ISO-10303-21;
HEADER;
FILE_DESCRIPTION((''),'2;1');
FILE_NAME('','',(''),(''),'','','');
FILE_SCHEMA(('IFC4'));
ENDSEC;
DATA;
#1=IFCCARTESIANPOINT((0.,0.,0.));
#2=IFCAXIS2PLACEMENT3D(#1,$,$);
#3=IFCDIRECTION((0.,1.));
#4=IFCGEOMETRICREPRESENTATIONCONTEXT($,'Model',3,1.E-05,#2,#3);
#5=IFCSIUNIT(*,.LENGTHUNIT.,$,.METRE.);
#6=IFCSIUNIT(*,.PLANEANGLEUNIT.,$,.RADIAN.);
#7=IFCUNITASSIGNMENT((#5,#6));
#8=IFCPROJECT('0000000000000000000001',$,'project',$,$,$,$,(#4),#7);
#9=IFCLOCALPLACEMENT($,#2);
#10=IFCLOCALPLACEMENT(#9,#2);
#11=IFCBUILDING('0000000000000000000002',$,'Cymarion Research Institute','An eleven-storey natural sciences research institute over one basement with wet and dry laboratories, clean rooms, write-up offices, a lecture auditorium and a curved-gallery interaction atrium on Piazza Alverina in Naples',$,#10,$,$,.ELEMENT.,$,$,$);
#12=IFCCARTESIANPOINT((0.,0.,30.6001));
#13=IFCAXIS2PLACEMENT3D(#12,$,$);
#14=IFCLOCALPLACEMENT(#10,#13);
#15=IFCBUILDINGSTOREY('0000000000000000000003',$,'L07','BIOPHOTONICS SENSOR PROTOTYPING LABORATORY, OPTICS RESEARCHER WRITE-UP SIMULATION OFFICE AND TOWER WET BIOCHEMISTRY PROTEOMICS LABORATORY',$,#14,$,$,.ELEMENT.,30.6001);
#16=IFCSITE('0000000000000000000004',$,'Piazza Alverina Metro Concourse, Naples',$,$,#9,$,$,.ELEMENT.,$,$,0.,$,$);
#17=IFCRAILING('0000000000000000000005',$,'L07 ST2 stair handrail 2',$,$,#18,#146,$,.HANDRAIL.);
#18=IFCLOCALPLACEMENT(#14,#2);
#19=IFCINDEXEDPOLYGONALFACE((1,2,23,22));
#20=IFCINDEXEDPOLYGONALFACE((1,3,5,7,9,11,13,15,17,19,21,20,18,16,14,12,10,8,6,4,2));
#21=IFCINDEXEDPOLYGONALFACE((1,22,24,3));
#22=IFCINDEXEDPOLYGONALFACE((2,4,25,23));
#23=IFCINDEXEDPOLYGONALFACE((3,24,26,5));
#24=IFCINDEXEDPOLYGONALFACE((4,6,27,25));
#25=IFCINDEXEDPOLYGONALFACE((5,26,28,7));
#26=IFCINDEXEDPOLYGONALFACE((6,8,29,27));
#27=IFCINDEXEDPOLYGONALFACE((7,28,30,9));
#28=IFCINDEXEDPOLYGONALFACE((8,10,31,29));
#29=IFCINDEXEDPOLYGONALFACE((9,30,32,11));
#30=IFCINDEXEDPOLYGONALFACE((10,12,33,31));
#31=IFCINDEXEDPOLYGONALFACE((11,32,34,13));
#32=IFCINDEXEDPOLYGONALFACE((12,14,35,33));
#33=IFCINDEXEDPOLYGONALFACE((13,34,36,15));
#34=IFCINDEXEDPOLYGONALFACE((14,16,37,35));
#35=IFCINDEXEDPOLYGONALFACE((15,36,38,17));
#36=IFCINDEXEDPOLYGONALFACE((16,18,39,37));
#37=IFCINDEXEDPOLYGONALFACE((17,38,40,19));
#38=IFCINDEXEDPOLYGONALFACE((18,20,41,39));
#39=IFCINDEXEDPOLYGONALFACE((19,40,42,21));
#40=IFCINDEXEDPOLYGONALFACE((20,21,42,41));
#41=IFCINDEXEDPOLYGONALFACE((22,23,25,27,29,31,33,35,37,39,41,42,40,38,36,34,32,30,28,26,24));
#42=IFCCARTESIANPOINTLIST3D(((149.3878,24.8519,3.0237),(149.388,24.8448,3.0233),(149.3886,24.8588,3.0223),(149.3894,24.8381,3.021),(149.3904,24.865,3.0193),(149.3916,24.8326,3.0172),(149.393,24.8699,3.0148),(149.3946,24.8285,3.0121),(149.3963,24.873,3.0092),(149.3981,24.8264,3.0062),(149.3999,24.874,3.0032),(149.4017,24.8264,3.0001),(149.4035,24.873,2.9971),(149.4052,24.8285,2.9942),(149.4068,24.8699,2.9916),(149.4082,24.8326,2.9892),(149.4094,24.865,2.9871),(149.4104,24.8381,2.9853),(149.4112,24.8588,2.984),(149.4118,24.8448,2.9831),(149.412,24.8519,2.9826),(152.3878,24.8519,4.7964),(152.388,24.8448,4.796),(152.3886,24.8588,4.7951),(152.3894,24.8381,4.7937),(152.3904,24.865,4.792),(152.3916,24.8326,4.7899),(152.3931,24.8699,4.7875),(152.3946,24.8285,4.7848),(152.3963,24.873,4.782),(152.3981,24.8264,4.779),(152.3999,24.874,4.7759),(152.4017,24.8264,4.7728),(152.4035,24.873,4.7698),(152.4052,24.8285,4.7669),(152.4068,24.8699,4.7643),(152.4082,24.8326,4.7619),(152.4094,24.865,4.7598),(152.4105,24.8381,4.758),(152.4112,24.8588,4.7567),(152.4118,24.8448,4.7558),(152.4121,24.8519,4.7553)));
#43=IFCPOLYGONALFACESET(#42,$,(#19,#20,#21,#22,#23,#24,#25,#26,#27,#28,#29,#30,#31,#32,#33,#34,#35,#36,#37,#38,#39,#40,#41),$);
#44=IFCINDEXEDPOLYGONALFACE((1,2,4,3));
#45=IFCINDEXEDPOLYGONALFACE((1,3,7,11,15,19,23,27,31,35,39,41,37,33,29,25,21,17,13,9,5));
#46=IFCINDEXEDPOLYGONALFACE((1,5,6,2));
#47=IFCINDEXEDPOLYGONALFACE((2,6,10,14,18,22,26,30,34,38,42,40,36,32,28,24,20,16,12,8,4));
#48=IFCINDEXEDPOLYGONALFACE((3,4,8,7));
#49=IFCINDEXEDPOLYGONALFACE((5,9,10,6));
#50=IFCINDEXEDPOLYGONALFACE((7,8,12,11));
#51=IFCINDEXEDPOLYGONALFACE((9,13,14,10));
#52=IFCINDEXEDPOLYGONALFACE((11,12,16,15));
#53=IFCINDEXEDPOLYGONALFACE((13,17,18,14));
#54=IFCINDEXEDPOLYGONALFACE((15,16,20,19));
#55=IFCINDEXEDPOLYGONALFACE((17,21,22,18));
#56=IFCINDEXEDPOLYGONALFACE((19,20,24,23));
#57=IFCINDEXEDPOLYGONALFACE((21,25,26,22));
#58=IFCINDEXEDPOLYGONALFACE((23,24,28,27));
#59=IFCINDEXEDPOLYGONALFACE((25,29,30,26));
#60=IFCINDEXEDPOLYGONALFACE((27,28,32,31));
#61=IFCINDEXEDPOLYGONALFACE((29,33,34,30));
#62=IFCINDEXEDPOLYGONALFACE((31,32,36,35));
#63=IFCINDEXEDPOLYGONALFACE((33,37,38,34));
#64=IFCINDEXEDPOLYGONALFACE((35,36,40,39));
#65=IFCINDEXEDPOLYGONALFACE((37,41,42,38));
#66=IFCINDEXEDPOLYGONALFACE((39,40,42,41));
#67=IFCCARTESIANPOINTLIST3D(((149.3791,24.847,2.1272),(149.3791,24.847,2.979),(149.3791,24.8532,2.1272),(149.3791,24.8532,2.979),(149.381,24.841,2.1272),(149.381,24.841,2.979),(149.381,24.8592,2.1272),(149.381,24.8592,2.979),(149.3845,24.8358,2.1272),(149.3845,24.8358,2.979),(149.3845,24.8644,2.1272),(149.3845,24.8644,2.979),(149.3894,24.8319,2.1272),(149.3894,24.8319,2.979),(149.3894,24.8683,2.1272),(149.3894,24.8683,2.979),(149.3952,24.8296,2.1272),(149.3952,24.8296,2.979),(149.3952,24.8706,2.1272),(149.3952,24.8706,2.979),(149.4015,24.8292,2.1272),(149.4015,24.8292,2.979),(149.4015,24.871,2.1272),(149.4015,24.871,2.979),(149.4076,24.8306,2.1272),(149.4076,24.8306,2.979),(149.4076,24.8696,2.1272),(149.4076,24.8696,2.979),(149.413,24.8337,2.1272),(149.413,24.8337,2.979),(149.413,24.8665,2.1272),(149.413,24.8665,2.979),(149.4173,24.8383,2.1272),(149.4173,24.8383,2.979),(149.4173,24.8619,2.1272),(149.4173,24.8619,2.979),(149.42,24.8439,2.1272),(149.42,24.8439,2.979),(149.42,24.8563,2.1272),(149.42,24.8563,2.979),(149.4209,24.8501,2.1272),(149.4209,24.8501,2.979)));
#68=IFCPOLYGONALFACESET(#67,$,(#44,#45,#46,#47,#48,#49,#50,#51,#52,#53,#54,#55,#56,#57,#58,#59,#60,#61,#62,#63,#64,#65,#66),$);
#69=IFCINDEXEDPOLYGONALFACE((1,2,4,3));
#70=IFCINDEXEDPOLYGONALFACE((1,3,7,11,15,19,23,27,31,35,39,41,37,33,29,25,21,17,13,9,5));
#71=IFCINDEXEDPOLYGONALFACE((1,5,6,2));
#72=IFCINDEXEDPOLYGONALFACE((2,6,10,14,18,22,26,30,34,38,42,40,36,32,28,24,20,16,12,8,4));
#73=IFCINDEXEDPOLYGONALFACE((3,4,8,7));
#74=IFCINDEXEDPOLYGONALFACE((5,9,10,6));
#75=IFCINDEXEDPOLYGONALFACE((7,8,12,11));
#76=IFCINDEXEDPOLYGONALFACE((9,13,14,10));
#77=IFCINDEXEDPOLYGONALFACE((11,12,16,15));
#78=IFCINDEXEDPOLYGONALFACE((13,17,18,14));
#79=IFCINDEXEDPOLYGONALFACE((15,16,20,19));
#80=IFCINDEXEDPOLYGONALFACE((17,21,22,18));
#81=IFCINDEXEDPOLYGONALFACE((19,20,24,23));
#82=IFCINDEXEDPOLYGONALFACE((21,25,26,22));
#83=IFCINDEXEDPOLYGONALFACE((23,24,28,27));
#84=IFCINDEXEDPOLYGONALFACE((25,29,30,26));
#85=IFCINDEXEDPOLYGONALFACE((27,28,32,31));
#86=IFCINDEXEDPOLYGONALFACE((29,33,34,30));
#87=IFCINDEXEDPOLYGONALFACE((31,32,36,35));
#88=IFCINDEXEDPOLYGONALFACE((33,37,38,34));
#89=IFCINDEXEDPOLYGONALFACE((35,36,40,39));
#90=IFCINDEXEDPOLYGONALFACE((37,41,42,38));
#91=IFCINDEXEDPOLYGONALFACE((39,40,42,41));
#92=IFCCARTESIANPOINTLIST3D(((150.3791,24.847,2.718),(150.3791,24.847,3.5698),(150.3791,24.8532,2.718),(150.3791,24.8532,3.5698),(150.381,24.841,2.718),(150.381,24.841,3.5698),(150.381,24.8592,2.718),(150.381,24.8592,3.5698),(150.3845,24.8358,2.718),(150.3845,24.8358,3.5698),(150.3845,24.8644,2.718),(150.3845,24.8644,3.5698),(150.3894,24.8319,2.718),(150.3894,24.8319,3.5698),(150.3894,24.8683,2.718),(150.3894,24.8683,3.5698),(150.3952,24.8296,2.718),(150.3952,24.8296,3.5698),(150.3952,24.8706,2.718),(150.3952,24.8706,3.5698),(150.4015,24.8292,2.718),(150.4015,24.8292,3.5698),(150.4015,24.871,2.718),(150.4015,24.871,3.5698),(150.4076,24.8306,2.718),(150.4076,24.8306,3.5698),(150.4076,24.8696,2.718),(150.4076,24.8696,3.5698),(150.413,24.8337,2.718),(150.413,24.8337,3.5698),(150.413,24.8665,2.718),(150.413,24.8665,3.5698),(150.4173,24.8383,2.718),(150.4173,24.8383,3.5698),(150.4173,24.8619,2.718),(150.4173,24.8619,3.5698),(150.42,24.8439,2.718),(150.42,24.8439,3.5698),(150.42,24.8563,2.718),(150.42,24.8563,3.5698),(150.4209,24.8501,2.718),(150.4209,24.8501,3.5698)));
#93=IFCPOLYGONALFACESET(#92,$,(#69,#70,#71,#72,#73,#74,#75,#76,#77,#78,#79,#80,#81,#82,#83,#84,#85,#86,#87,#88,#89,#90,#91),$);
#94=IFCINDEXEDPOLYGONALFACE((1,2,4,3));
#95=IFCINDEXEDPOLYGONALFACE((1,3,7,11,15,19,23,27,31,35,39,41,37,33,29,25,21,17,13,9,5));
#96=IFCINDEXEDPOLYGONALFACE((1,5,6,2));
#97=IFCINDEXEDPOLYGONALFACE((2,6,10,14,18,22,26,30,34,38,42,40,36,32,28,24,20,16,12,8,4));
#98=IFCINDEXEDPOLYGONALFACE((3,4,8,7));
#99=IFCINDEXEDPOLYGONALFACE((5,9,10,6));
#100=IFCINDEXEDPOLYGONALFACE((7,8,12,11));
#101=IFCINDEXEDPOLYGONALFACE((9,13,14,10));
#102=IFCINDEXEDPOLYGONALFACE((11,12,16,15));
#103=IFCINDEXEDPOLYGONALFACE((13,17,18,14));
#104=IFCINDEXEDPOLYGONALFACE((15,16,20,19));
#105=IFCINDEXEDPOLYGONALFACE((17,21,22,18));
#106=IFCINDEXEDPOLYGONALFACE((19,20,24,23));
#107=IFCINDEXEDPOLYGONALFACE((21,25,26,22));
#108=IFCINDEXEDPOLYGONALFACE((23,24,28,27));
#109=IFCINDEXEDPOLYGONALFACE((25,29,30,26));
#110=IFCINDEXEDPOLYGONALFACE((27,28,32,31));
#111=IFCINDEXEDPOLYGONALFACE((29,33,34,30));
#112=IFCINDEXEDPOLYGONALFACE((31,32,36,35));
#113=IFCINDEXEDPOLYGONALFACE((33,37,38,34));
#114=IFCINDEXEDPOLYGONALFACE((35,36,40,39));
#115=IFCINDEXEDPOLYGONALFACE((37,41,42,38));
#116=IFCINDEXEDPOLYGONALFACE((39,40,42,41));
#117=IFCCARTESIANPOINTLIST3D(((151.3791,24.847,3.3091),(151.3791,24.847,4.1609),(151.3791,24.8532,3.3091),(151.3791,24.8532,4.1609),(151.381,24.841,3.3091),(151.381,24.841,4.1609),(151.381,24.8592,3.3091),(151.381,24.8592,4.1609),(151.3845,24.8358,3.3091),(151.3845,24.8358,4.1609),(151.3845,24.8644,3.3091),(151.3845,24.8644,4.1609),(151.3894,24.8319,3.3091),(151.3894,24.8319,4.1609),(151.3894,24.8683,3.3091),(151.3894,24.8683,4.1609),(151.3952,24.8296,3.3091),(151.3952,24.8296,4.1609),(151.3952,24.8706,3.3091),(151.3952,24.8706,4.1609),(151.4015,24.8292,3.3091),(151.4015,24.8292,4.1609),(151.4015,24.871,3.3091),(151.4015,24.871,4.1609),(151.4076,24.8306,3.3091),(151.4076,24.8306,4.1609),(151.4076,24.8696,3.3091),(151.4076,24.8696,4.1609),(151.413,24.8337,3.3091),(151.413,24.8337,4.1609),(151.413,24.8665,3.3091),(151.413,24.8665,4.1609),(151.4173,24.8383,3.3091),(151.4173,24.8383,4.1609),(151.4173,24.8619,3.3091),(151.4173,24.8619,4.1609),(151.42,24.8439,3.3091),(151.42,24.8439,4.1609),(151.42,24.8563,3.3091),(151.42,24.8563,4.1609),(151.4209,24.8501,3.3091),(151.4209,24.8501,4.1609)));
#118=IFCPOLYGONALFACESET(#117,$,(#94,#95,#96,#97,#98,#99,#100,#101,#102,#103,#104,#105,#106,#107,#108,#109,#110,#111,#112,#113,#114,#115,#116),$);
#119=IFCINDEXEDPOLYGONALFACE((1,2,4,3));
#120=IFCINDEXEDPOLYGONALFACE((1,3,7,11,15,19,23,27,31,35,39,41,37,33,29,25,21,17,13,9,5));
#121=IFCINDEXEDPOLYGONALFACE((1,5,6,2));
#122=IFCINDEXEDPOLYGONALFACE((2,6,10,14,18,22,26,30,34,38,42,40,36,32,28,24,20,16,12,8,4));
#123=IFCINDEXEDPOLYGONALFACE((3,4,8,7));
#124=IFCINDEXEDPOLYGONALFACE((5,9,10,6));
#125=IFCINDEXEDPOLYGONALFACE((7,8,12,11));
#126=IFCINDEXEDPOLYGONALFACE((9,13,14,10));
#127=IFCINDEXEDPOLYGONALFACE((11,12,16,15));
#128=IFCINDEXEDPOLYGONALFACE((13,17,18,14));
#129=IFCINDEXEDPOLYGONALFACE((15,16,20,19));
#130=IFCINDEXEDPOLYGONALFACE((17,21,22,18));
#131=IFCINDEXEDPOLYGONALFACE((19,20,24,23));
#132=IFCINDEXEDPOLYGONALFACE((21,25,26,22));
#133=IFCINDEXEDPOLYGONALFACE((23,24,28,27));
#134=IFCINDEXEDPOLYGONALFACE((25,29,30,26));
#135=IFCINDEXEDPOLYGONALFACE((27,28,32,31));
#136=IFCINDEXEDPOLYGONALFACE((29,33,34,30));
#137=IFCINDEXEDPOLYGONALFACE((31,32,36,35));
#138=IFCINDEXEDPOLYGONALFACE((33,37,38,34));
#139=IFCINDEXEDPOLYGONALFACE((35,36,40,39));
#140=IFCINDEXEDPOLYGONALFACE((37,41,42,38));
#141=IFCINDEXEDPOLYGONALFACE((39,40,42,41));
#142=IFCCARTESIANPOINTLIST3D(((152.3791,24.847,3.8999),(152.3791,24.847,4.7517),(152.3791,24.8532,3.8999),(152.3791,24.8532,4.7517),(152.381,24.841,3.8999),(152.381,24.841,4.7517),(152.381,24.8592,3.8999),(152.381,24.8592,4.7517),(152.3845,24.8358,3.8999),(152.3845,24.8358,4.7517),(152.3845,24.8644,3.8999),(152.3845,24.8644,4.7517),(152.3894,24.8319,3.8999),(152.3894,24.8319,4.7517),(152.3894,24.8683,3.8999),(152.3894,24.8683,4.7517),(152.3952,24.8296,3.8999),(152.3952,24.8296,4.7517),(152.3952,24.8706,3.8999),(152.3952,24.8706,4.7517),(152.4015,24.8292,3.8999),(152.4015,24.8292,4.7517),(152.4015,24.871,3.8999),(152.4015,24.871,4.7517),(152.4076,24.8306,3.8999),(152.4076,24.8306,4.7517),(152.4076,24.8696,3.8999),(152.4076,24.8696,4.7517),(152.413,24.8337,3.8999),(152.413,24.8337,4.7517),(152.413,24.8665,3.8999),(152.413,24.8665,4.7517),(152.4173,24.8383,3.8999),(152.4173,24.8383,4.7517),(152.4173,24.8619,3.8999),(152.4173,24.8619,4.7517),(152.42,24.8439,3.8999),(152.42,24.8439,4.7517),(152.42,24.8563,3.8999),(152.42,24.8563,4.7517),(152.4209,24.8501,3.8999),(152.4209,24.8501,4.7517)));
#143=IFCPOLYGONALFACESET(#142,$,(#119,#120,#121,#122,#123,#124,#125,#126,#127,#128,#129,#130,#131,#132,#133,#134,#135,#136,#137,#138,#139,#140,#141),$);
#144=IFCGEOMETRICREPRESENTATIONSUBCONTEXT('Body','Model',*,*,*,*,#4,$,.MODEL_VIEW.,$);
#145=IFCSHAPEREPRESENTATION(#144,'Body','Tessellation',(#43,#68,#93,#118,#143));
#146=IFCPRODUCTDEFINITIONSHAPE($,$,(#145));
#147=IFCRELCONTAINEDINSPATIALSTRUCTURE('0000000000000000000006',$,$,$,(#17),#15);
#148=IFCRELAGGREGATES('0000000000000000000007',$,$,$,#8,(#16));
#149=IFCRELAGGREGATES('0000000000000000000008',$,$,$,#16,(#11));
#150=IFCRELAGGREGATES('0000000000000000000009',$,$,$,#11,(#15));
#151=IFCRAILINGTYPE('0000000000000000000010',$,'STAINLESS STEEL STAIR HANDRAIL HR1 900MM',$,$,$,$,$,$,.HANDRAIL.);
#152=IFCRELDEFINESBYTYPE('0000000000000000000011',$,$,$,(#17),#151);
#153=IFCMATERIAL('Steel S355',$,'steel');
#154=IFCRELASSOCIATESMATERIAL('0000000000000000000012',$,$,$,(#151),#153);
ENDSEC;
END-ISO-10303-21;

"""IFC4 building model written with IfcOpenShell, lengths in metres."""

from ifc_helpers import new_model, si_unit, direction, frame, origin, origin_2d, place, context, subcontext, project, spatial, circle, extrude, material, type_object, element, save


model = new_model("IFC4")

# Units and contexts
model_context = context("Model", 3, precision=1e-05, world=origin(), true_north=direction((0.0, 1.0)))
body_context = subcontext(model_context, "Body", "Model", "MODEL_VIEW")
ifc_project = project(units=[si_unit("LENGTHUNIT", "METRE"), si_unit("PLANEANGLEUNIT", "RADIAN")], contexts=[model_context])

# Site, building, storey
site_placement = place(None, origin())
site = spatial("IfcSite", under=ifc_project, at=site_placement, Name="Piazza Alverina Metro Concourse, Naples", CompositionType="ELEMENT", RefElevation=0.0)
building_placement = place(site_placement, origin())
building = spatial("IfcBuilding", under=site, at=building_placement, Name="Cymarion Research Institute", Description="An eleven-storey natural sciences research institute over one basement with wet and dry laboratories, clean rooms, write-up offices, a lecture auditorium and a curved-gallery interaction atrium on Piazza Alverina in Naples", CompositionType="ELEMENT")
storey_placement = place(building_placement, frame((0.0, 0.0, 30.6001)))
storey = spatial("IfcBuildingStorey", under=building, at=storey_placement, Name="L07", Description="BIOPHOTONICS SENSOR PROTOTYPING LABORATORY, OPTICS RESEARCHER WRITE-UP SIMULATION OFFICE AND TOWER WET BIOCHEMISTRY PROTEOMICS LABORATORY", CompositionType="ELEMENT", Elevation=30.6001)

# Shared definitions
ifc_material_1 = material(Name="Steel S355", Category="steel")

# Railing
railing_type_1 = type_object("IfcRailingType", Name="STAINLESS STEEL STAIR HANDRAIL HR1 900MM", PredefinedType="HANDRAIL", material=ifc_material_1)
railing_1_placement = place(storey_placement, frame((149.3999, 24.8501, 2.1272)))
element("IfcRailing", 1, at=railing_1_placement, inside=storey, type_object=railing_type_1, Name="L07 ST2 stair handrail 2", PredefinedType="HANDRAIL", context=body_context, shape_type="SweptSolid", body=[
    extrude(circle(Radius=0.0239, at=origin_2d()), frame((0.0, 0.0, 0.876), z_axis=(0.860929, 0.0, 0.508725), x_axis=(0.0, 1.0, 0.0)), (0.0, 0.0, 1.0), 3.4846),
    extrude(circle(Radius=0.021, at=origin_2d()), origin(), (0.0, 0.0, 1.0), 0.8518),
    extrude(circle(Radius=0.021, at=origin_2d()), frame((1.0, 0.0, 0.5908)), (0.0, 0.0, 1.0), 0.8518),
    extrude(circle(Radius=0.021, at=origin_2d()), frame((2.0, 0.0, 1.1819)), (0.0, 0.0, 1.0), 0.8518),
    extrude(circle(Radius=0.021, at=origin_2d()), frame((3.0, 0.0, 1.7727)), (0.0, 0.0, 1.0), 0.8518),
])

save(model, "model.ifc")
